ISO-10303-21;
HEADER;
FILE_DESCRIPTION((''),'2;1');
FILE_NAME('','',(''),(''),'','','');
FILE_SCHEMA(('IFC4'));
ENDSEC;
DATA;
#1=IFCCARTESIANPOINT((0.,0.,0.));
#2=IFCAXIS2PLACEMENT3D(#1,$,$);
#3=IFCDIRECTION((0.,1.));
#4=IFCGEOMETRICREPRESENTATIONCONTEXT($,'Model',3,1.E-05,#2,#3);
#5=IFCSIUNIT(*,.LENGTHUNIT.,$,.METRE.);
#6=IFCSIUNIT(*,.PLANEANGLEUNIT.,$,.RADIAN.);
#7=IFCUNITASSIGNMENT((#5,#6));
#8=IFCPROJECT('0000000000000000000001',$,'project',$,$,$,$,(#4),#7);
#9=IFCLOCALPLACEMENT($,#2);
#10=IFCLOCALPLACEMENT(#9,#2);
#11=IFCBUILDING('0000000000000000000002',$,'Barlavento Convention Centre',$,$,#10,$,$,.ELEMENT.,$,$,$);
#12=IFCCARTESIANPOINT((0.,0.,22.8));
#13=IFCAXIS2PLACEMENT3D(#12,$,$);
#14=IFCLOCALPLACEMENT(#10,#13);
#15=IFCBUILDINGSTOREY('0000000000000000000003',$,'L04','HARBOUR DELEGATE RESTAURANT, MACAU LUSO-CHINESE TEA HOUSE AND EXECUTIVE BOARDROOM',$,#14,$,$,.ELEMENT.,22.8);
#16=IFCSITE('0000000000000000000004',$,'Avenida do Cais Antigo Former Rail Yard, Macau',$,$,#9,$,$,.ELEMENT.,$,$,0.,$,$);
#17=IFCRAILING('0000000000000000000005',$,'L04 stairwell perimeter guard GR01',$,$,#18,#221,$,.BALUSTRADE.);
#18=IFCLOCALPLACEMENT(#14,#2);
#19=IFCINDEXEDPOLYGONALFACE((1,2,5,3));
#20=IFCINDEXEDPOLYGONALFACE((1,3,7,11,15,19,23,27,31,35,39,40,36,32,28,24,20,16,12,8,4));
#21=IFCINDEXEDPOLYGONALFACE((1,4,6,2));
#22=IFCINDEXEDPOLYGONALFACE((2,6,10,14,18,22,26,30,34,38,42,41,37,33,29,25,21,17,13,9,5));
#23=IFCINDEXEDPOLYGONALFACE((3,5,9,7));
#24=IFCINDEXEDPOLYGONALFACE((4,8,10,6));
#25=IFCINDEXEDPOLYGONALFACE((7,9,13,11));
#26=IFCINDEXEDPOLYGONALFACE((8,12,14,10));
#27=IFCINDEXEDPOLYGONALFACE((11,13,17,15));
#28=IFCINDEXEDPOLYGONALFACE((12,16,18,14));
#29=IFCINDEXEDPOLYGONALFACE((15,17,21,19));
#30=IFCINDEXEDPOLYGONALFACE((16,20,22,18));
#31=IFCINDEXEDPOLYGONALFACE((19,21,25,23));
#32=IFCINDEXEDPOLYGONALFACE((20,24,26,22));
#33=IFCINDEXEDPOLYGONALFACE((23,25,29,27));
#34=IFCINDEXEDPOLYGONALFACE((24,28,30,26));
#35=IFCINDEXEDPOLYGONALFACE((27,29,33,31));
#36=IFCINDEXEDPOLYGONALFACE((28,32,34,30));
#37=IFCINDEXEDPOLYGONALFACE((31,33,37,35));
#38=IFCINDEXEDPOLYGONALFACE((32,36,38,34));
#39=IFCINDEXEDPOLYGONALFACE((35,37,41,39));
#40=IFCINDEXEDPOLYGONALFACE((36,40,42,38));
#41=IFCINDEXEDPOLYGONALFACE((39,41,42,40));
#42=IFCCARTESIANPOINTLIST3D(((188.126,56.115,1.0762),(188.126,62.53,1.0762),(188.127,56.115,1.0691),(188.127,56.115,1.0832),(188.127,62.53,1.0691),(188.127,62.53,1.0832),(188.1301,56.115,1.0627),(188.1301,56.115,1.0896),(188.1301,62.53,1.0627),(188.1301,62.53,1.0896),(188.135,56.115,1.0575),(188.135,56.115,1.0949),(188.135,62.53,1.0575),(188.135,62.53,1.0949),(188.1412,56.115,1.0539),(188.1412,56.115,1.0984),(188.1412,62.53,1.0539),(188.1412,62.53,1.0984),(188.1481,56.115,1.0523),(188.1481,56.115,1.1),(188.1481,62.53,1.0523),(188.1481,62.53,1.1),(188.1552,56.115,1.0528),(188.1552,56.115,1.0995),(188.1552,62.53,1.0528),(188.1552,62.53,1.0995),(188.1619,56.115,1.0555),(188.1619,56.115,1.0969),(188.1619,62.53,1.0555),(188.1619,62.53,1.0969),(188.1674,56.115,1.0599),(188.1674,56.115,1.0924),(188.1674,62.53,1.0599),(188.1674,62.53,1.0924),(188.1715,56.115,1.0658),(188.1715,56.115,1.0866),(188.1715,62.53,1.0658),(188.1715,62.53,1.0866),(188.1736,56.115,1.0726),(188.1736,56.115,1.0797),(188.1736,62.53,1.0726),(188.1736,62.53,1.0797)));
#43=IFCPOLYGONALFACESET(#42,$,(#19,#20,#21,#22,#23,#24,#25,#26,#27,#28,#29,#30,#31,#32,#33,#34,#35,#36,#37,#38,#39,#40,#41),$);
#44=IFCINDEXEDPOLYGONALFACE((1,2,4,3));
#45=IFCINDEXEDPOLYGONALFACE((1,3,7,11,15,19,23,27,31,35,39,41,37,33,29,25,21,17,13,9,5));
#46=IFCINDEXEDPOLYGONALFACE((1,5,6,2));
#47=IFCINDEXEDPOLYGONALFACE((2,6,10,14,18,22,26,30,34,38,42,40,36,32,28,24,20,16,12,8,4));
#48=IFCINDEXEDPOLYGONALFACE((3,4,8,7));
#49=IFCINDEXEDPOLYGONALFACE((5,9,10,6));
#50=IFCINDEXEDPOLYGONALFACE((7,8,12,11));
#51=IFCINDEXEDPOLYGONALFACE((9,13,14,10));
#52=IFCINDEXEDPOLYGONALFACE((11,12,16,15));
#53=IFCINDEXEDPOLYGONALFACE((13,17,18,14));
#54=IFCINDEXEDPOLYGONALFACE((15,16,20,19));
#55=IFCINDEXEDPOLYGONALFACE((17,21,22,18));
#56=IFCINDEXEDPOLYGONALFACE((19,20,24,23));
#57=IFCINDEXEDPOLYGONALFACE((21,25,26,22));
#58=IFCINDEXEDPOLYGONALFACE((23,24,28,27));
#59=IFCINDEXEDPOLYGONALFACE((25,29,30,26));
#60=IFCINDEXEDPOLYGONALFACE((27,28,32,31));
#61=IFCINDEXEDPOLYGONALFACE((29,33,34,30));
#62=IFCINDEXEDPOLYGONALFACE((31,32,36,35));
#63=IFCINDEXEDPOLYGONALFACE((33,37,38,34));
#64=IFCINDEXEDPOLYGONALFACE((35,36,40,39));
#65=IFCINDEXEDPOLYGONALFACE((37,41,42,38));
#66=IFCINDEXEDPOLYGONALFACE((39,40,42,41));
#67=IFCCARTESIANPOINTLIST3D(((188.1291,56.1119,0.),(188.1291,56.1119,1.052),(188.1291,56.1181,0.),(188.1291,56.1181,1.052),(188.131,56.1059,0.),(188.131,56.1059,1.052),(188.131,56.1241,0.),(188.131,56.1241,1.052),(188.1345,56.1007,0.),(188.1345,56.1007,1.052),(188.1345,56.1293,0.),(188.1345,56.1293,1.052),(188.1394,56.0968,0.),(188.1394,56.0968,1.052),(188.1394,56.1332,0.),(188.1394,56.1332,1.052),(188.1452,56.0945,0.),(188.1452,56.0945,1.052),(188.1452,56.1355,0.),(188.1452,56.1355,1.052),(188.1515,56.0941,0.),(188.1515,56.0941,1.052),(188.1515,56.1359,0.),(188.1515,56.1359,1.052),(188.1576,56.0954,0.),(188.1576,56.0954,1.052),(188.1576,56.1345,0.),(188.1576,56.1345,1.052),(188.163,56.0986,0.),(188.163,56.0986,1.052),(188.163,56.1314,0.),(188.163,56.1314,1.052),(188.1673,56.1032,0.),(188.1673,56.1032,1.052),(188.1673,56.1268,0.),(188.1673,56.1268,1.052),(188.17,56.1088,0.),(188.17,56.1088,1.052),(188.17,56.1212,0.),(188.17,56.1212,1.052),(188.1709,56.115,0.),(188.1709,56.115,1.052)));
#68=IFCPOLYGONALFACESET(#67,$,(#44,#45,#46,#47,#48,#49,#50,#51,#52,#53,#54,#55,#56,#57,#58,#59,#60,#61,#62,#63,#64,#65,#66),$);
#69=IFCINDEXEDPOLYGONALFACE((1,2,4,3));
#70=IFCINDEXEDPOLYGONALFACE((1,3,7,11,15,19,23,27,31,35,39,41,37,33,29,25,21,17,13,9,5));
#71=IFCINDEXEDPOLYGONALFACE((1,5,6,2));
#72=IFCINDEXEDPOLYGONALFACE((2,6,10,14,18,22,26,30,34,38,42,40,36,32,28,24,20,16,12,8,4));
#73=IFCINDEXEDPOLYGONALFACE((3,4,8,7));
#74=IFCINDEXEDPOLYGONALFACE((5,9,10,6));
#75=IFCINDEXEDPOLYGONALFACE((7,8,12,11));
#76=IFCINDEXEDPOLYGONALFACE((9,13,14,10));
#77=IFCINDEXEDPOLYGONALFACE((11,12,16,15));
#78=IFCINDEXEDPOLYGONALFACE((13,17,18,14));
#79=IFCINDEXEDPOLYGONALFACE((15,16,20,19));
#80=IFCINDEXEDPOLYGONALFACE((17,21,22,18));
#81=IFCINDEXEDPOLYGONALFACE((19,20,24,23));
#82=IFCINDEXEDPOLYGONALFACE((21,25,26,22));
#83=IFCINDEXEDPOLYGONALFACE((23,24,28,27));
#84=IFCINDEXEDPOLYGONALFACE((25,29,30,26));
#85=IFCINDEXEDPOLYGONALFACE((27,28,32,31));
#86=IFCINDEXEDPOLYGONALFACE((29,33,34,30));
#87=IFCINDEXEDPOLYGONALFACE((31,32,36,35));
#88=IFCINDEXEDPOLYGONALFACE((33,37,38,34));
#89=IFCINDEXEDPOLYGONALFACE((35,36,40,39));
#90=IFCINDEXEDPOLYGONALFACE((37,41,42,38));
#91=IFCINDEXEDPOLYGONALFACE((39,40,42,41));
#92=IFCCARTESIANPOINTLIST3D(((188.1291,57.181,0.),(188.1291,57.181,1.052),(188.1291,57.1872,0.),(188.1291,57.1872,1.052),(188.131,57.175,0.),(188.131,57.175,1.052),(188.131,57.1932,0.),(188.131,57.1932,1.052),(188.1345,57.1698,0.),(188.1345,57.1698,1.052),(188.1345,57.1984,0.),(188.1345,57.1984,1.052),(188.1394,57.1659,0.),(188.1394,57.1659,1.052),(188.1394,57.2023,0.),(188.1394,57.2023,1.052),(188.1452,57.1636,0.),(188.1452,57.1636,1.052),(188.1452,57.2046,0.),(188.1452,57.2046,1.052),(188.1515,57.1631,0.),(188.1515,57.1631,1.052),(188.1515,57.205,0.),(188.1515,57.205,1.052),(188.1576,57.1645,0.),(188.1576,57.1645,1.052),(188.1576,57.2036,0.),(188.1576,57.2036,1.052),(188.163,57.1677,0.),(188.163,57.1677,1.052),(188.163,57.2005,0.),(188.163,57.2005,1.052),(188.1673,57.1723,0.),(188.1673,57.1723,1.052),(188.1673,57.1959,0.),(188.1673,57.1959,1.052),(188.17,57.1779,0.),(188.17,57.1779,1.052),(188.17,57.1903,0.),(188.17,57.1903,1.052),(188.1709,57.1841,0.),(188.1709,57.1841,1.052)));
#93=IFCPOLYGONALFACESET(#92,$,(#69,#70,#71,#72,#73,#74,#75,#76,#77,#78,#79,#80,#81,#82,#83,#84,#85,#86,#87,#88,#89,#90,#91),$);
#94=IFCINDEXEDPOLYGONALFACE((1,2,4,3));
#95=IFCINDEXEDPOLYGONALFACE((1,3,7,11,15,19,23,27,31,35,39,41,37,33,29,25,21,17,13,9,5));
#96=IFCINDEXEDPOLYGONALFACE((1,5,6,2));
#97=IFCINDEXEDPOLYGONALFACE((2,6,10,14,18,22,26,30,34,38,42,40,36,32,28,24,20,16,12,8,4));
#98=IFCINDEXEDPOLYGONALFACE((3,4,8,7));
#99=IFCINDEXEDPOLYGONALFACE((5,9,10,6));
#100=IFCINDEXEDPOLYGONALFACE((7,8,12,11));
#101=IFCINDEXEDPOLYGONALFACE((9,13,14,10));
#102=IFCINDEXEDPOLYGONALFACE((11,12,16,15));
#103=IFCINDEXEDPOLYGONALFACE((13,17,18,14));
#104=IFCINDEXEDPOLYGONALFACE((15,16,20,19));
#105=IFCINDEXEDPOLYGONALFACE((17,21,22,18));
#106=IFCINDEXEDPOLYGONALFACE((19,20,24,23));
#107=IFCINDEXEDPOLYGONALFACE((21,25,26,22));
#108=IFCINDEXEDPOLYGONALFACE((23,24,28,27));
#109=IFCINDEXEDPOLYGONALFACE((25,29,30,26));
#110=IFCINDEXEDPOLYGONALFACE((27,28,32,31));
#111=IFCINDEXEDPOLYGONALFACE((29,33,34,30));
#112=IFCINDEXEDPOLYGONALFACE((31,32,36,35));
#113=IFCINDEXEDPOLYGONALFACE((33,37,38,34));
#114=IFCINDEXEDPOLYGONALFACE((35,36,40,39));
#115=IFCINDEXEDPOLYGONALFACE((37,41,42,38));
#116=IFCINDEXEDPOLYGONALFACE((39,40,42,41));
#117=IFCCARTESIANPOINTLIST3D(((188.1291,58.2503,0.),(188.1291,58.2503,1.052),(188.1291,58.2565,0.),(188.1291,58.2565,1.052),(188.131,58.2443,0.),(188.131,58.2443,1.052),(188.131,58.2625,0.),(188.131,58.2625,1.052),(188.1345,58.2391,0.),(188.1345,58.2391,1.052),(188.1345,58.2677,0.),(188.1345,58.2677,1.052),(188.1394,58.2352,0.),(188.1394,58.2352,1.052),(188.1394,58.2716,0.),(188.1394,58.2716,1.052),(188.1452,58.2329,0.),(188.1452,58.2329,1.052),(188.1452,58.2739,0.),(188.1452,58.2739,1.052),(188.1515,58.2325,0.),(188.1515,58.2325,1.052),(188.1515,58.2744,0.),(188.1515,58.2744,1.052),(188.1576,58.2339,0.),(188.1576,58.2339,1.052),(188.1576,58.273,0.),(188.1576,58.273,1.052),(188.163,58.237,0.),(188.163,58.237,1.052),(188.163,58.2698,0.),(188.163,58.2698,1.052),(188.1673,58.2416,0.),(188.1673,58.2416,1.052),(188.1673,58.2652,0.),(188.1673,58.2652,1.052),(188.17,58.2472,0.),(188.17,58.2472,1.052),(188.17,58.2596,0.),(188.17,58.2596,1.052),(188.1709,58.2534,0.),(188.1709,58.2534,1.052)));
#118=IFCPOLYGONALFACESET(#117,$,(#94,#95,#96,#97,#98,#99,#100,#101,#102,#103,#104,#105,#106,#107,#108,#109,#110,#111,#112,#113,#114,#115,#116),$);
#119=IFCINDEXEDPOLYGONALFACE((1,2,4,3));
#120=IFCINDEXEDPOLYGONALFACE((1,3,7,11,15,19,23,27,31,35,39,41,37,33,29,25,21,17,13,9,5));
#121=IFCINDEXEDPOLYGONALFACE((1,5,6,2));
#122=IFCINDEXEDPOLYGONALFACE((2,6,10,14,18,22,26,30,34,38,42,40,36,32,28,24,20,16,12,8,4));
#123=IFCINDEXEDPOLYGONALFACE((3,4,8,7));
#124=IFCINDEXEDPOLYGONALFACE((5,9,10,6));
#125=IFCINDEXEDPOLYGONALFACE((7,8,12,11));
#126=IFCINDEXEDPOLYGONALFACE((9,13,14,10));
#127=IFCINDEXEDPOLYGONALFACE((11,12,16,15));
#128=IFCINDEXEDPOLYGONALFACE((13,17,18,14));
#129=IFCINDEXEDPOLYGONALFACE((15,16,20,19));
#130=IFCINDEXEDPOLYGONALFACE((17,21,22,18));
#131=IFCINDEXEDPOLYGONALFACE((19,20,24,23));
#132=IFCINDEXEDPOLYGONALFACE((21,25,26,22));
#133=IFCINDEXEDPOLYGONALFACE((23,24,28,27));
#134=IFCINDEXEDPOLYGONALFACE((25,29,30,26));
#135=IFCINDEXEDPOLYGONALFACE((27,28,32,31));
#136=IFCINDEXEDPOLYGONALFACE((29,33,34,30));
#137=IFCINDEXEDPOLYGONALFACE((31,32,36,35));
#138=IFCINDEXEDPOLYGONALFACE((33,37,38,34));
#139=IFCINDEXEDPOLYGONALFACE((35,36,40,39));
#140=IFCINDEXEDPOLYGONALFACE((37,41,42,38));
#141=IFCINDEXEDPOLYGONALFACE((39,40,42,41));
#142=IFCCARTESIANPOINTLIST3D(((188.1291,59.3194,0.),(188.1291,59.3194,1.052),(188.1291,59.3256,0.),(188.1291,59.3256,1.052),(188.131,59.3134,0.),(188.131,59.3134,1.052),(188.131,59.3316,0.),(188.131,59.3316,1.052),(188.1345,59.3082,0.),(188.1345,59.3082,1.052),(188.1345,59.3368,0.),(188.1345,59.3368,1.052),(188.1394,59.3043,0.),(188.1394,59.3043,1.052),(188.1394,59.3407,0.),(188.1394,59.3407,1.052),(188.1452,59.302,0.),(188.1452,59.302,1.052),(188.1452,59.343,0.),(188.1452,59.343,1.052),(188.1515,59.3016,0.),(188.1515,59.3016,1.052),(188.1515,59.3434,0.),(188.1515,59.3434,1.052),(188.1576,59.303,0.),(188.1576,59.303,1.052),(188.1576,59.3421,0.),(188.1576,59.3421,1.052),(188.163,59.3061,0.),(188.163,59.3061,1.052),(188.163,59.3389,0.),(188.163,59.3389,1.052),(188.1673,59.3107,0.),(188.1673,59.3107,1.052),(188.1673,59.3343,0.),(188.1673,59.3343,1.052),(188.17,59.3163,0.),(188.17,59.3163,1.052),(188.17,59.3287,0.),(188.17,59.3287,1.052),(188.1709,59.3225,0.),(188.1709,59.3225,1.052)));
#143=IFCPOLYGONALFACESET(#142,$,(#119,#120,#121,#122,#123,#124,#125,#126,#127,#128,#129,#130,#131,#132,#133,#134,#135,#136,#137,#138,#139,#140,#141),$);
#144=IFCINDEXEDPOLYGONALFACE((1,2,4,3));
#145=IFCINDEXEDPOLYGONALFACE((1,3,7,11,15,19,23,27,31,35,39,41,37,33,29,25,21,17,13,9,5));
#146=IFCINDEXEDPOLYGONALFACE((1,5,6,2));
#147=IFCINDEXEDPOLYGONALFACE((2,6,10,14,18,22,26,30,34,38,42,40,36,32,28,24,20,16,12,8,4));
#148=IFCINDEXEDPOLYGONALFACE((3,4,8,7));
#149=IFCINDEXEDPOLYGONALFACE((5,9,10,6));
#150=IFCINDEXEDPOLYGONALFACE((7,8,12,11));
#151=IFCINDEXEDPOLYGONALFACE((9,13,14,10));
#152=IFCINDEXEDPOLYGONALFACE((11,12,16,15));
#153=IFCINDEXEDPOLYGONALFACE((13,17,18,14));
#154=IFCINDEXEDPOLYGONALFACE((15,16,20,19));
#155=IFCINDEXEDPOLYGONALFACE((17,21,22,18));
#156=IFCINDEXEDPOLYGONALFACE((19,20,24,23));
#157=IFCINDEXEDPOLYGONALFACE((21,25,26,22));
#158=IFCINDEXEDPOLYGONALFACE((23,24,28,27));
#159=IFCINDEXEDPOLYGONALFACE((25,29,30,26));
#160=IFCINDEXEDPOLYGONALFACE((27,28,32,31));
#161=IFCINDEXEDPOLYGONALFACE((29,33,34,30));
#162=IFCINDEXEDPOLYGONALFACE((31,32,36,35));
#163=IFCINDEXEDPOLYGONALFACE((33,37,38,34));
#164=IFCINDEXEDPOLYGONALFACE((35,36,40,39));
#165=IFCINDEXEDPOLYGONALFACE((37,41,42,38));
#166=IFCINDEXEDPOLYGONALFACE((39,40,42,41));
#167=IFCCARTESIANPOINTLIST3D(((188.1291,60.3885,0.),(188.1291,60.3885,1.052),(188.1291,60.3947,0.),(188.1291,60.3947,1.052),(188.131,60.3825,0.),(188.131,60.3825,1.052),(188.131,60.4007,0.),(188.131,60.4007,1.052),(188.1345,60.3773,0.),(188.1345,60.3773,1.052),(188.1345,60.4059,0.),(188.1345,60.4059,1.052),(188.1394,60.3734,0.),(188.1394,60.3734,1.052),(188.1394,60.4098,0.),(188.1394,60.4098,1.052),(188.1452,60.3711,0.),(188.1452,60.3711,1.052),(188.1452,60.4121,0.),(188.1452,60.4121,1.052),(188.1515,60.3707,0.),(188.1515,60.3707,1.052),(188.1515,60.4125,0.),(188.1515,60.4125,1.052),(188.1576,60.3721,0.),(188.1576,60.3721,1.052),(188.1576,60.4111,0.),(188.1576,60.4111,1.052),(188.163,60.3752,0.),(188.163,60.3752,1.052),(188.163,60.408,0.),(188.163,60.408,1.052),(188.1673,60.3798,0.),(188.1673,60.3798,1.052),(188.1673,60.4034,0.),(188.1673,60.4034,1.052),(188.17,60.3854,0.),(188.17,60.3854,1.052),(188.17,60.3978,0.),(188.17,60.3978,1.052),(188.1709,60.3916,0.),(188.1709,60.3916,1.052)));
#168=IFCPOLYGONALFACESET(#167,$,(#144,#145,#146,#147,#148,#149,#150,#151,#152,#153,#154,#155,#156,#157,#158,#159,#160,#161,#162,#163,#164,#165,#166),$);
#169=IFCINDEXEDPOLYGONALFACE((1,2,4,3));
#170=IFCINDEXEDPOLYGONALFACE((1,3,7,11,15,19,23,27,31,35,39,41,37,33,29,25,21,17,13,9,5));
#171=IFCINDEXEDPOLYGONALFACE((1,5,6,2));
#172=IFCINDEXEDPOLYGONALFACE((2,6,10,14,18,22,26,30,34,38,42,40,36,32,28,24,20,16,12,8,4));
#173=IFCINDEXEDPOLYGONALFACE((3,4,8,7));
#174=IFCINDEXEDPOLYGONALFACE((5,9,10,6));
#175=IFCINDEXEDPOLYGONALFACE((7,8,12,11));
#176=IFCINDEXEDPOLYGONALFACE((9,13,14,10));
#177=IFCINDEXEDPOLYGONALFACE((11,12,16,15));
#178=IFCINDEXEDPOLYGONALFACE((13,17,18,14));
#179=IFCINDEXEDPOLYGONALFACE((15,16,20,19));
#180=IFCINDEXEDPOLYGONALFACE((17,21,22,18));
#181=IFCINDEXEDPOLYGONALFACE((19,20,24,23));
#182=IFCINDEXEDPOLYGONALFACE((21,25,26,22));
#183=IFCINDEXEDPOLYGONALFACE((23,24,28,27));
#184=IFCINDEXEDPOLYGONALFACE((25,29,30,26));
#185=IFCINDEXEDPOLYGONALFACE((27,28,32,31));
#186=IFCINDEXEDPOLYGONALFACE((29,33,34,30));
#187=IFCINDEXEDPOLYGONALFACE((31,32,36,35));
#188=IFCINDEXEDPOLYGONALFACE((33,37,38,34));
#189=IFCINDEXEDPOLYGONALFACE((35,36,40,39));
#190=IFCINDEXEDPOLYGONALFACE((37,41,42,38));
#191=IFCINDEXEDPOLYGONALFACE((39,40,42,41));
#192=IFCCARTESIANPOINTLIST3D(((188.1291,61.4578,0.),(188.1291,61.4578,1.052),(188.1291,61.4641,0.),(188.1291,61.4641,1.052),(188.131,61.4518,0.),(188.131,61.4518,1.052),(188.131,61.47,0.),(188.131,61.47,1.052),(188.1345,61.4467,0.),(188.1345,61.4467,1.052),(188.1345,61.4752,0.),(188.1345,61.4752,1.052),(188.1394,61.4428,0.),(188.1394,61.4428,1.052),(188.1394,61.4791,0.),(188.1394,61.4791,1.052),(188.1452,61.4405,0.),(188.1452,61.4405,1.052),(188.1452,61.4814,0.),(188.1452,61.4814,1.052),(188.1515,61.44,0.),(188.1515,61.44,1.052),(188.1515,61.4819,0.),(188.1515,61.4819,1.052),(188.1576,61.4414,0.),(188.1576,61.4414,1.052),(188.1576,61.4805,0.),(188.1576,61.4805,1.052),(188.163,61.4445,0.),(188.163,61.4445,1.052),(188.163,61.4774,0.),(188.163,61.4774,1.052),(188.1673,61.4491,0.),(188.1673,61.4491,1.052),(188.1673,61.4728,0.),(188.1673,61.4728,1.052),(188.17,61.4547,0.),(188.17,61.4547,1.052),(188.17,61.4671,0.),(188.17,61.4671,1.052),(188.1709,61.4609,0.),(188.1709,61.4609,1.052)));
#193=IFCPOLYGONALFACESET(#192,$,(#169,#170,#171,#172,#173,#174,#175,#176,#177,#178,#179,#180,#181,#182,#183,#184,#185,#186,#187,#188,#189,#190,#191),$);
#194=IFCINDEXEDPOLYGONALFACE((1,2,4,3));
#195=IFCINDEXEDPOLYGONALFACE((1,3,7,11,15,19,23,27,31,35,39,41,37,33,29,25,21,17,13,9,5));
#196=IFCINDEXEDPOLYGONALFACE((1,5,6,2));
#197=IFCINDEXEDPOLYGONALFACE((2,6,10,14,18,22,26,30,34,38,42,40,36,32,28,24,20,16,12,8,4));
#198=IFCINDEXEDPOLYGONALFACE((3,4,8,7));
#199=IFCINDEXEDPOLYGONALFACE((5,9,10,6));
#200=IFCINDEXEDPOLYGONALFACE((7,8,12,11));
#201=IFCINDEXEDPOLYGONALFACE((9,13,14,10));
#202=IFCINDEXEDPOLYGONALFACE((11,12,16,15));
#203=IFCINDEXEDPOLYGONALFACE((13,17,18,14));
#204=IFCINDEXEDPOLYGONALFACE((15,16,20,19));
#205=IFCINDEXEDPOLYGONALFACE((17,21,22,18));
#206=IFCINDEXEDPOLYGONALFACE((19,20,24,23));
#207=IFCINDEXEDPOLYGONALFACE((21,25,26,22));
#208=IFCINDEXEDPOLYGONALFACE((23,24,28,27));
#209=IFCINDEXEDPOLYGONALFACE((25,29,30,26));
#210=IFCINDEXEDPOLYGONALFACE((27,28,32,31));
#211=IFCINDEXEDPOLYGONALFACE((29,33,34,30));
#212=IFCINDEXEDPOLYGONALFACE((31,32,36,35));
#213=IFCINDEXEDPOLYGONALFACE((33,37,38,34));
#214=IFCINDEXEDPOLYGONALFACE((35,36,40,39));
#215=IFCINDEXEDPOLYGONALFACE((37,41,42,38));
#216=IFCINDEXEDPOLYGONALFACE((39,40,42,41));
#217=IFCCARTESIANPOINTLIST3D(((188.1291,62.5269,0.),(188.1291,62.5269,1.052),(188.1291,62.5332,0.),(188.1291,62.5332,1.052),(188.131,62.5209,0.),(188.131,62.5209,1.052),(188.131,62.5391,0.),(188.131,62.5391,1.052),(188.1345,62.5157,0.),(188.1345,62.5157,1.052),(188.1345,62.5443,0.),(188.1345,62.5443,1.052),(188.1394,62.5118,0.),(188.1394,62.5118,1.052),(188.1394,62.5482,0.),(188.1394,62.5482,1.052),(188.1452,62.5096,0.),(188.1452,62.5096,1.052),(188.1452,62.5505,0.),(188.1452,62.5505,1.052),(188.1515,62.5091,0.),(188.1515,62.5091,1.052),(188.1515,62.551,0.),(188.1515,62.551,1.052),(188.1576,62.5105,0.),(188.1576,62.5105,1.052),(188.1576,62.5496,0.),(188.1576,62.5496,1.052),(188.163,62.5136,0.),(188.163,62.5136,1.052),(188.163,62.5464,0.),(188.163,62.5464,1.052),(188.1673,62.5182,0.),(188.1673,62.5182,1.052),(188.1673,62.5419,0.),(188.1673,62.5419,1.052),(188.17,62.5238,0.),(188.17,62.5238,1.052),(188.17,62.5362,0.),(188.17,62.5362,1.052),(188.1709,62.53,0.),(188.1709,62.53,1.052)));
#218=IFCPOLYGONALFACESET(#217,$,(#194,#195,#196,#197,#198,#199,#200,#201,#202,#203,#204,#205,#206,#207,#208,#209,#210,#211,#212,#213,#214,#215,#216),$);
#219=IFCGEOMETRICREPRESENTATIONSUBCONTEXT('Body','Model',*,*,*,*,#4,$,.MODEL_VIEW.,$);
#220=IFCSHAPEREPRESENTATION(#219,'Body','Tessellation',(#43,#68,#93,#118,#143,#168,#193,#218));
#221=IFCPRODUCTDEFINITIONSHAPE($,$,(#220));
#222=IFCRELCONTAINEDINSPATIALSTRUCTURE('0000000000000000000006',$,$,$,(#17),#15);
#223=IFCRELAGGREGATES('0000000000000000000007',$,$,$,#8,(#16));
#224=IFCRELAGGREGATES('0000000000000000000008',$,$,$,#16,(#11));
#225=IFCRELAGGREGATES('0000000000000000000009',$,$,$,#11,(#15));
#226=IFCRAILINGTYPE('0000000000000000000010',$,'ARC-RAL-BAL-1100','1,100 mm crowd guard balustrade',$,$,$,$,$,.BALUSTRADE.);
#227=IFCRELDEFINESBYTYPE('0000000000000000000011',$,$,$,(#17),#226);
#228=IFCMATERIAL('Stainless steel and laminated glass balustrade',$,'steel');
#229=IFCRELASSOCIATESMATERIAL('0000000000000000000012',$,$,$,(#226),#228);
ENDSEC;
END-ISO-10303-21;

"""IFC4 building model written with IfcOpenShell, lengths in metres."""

from ifc_helpers import new_model, si_unit, direction, frame, origin, origin_2d, place, context, subcontext, project, spatial, circle, extrude, material, type_object, element, save


model = new_model("IFC4")

# Units and contexts
model_context = context("Model", 3, precision=1e-05, world=origin(), true_north=direction((0.0, 1.0)))
body_context = subcontext(model_context, "Body", "Model", "MODEL_VIEW")
ifc_project = project(units=[si_unit("LENGTHUNIT", "METRE"), si_unit("PLANEANGLEUNIT", "RADIAN")], contexts=[model_context])

# Site, building, storey
site_placement = place(None, origin())
site = spatial("IfcSite", under=ifc_project, at=site_placement, Name="Avenida do Cais Antigo Former Rail Yard, Macau", CompositionType="ELEMENT", RefElevation=0.0)
building_placement = place(site_placement, origin())
building = spatial("IfcBuilding", under=site, at=building_placement, Name="Barlavento Convention Centre", CompositionType="ELEMENT")
storey_placement = place(building_placement, frame((0.0, 0.0, 22.8)))
storey = spatial("IfcBuildingStorey", under=building, at=storey_placement, Name="L04", Description="HARBOUR DELEGATE RESTAURANT, MACAU LUSO-CHINESE TEA HOUSE AND EXECUTIVE BOARDROOM", CompositionType="ELEMENT", Elevation=22.8)

# Railing
ifc_material_1 = material(Name="Stainless steel and laminated glass balustrade", Category="steel")
railing_type_1 = type_object("IfcRailingType", Name="ARC-RAL-BAL-1100", Description="1,100 mm crowd guard balustrade", PredefinedType="BALUSTRADE", material=ifc_material_1)
railing_1_placement = place(storey_placement, frame((188.1499, 56.115, 0.0)))
element("IfcRailing", 1, at=railing_1_placement, inside=storey, type_object=railing_type_1, Name="L04 stairwell perimeter guard GR01", PredefinedType="BALUSTRADE", context=body_context, shape_type="SweptSolid", body=[
    extrude(circle(Radius=0.0239, at=origin_2d()), frame((0.0, 0.0, 1.0762), z_axis=(0.0, 1.0, 0.0), x_axis=(-1.0, 0.0, 0.0)), (0.0, 0.0, 1.0), 6.415),
    extrude(circle(Radius=0.021, at=origin_2d()), origin(), (0.0, 0.0, 1.0), 1.052),
    extrude(circle(Radius=0.021, at=origin_2d()), frame((0.0, 1.0691, 0.0)), (0.0, 0.0, 1.0), 1.052),
    extrude(circle(Radius=0.021, at=origin_2d()), frame((0.0, 2.1384, 0.0)), (0.0, 0.0, 1.0), 1.052),
    extrude(circle(Radius=0.021, at=origin_2d()), frame((0.0, 3.2075, 0.0)), (0.0, 0.0, 1.0), 1.052),
    extrude(circle(Radius=0.021, at=origin_2d()), frame((0.0, 4.2766, 0.0)), (0.0, 0.0, 1.0), 1.052),
    extrude(circle(Radius=0.021, at=origin_2d()), frame((0.0, 5.3459, 0.0)), (0.0, 0.0, 1.0), 1.052),
    extrude(circle(Radius=0.021, at=origin_2d()), frame((0.0, 6.415, 0.0)), (0.0, 0.0, 1.0), 1.052),
])

save(model, "model.ifc")
